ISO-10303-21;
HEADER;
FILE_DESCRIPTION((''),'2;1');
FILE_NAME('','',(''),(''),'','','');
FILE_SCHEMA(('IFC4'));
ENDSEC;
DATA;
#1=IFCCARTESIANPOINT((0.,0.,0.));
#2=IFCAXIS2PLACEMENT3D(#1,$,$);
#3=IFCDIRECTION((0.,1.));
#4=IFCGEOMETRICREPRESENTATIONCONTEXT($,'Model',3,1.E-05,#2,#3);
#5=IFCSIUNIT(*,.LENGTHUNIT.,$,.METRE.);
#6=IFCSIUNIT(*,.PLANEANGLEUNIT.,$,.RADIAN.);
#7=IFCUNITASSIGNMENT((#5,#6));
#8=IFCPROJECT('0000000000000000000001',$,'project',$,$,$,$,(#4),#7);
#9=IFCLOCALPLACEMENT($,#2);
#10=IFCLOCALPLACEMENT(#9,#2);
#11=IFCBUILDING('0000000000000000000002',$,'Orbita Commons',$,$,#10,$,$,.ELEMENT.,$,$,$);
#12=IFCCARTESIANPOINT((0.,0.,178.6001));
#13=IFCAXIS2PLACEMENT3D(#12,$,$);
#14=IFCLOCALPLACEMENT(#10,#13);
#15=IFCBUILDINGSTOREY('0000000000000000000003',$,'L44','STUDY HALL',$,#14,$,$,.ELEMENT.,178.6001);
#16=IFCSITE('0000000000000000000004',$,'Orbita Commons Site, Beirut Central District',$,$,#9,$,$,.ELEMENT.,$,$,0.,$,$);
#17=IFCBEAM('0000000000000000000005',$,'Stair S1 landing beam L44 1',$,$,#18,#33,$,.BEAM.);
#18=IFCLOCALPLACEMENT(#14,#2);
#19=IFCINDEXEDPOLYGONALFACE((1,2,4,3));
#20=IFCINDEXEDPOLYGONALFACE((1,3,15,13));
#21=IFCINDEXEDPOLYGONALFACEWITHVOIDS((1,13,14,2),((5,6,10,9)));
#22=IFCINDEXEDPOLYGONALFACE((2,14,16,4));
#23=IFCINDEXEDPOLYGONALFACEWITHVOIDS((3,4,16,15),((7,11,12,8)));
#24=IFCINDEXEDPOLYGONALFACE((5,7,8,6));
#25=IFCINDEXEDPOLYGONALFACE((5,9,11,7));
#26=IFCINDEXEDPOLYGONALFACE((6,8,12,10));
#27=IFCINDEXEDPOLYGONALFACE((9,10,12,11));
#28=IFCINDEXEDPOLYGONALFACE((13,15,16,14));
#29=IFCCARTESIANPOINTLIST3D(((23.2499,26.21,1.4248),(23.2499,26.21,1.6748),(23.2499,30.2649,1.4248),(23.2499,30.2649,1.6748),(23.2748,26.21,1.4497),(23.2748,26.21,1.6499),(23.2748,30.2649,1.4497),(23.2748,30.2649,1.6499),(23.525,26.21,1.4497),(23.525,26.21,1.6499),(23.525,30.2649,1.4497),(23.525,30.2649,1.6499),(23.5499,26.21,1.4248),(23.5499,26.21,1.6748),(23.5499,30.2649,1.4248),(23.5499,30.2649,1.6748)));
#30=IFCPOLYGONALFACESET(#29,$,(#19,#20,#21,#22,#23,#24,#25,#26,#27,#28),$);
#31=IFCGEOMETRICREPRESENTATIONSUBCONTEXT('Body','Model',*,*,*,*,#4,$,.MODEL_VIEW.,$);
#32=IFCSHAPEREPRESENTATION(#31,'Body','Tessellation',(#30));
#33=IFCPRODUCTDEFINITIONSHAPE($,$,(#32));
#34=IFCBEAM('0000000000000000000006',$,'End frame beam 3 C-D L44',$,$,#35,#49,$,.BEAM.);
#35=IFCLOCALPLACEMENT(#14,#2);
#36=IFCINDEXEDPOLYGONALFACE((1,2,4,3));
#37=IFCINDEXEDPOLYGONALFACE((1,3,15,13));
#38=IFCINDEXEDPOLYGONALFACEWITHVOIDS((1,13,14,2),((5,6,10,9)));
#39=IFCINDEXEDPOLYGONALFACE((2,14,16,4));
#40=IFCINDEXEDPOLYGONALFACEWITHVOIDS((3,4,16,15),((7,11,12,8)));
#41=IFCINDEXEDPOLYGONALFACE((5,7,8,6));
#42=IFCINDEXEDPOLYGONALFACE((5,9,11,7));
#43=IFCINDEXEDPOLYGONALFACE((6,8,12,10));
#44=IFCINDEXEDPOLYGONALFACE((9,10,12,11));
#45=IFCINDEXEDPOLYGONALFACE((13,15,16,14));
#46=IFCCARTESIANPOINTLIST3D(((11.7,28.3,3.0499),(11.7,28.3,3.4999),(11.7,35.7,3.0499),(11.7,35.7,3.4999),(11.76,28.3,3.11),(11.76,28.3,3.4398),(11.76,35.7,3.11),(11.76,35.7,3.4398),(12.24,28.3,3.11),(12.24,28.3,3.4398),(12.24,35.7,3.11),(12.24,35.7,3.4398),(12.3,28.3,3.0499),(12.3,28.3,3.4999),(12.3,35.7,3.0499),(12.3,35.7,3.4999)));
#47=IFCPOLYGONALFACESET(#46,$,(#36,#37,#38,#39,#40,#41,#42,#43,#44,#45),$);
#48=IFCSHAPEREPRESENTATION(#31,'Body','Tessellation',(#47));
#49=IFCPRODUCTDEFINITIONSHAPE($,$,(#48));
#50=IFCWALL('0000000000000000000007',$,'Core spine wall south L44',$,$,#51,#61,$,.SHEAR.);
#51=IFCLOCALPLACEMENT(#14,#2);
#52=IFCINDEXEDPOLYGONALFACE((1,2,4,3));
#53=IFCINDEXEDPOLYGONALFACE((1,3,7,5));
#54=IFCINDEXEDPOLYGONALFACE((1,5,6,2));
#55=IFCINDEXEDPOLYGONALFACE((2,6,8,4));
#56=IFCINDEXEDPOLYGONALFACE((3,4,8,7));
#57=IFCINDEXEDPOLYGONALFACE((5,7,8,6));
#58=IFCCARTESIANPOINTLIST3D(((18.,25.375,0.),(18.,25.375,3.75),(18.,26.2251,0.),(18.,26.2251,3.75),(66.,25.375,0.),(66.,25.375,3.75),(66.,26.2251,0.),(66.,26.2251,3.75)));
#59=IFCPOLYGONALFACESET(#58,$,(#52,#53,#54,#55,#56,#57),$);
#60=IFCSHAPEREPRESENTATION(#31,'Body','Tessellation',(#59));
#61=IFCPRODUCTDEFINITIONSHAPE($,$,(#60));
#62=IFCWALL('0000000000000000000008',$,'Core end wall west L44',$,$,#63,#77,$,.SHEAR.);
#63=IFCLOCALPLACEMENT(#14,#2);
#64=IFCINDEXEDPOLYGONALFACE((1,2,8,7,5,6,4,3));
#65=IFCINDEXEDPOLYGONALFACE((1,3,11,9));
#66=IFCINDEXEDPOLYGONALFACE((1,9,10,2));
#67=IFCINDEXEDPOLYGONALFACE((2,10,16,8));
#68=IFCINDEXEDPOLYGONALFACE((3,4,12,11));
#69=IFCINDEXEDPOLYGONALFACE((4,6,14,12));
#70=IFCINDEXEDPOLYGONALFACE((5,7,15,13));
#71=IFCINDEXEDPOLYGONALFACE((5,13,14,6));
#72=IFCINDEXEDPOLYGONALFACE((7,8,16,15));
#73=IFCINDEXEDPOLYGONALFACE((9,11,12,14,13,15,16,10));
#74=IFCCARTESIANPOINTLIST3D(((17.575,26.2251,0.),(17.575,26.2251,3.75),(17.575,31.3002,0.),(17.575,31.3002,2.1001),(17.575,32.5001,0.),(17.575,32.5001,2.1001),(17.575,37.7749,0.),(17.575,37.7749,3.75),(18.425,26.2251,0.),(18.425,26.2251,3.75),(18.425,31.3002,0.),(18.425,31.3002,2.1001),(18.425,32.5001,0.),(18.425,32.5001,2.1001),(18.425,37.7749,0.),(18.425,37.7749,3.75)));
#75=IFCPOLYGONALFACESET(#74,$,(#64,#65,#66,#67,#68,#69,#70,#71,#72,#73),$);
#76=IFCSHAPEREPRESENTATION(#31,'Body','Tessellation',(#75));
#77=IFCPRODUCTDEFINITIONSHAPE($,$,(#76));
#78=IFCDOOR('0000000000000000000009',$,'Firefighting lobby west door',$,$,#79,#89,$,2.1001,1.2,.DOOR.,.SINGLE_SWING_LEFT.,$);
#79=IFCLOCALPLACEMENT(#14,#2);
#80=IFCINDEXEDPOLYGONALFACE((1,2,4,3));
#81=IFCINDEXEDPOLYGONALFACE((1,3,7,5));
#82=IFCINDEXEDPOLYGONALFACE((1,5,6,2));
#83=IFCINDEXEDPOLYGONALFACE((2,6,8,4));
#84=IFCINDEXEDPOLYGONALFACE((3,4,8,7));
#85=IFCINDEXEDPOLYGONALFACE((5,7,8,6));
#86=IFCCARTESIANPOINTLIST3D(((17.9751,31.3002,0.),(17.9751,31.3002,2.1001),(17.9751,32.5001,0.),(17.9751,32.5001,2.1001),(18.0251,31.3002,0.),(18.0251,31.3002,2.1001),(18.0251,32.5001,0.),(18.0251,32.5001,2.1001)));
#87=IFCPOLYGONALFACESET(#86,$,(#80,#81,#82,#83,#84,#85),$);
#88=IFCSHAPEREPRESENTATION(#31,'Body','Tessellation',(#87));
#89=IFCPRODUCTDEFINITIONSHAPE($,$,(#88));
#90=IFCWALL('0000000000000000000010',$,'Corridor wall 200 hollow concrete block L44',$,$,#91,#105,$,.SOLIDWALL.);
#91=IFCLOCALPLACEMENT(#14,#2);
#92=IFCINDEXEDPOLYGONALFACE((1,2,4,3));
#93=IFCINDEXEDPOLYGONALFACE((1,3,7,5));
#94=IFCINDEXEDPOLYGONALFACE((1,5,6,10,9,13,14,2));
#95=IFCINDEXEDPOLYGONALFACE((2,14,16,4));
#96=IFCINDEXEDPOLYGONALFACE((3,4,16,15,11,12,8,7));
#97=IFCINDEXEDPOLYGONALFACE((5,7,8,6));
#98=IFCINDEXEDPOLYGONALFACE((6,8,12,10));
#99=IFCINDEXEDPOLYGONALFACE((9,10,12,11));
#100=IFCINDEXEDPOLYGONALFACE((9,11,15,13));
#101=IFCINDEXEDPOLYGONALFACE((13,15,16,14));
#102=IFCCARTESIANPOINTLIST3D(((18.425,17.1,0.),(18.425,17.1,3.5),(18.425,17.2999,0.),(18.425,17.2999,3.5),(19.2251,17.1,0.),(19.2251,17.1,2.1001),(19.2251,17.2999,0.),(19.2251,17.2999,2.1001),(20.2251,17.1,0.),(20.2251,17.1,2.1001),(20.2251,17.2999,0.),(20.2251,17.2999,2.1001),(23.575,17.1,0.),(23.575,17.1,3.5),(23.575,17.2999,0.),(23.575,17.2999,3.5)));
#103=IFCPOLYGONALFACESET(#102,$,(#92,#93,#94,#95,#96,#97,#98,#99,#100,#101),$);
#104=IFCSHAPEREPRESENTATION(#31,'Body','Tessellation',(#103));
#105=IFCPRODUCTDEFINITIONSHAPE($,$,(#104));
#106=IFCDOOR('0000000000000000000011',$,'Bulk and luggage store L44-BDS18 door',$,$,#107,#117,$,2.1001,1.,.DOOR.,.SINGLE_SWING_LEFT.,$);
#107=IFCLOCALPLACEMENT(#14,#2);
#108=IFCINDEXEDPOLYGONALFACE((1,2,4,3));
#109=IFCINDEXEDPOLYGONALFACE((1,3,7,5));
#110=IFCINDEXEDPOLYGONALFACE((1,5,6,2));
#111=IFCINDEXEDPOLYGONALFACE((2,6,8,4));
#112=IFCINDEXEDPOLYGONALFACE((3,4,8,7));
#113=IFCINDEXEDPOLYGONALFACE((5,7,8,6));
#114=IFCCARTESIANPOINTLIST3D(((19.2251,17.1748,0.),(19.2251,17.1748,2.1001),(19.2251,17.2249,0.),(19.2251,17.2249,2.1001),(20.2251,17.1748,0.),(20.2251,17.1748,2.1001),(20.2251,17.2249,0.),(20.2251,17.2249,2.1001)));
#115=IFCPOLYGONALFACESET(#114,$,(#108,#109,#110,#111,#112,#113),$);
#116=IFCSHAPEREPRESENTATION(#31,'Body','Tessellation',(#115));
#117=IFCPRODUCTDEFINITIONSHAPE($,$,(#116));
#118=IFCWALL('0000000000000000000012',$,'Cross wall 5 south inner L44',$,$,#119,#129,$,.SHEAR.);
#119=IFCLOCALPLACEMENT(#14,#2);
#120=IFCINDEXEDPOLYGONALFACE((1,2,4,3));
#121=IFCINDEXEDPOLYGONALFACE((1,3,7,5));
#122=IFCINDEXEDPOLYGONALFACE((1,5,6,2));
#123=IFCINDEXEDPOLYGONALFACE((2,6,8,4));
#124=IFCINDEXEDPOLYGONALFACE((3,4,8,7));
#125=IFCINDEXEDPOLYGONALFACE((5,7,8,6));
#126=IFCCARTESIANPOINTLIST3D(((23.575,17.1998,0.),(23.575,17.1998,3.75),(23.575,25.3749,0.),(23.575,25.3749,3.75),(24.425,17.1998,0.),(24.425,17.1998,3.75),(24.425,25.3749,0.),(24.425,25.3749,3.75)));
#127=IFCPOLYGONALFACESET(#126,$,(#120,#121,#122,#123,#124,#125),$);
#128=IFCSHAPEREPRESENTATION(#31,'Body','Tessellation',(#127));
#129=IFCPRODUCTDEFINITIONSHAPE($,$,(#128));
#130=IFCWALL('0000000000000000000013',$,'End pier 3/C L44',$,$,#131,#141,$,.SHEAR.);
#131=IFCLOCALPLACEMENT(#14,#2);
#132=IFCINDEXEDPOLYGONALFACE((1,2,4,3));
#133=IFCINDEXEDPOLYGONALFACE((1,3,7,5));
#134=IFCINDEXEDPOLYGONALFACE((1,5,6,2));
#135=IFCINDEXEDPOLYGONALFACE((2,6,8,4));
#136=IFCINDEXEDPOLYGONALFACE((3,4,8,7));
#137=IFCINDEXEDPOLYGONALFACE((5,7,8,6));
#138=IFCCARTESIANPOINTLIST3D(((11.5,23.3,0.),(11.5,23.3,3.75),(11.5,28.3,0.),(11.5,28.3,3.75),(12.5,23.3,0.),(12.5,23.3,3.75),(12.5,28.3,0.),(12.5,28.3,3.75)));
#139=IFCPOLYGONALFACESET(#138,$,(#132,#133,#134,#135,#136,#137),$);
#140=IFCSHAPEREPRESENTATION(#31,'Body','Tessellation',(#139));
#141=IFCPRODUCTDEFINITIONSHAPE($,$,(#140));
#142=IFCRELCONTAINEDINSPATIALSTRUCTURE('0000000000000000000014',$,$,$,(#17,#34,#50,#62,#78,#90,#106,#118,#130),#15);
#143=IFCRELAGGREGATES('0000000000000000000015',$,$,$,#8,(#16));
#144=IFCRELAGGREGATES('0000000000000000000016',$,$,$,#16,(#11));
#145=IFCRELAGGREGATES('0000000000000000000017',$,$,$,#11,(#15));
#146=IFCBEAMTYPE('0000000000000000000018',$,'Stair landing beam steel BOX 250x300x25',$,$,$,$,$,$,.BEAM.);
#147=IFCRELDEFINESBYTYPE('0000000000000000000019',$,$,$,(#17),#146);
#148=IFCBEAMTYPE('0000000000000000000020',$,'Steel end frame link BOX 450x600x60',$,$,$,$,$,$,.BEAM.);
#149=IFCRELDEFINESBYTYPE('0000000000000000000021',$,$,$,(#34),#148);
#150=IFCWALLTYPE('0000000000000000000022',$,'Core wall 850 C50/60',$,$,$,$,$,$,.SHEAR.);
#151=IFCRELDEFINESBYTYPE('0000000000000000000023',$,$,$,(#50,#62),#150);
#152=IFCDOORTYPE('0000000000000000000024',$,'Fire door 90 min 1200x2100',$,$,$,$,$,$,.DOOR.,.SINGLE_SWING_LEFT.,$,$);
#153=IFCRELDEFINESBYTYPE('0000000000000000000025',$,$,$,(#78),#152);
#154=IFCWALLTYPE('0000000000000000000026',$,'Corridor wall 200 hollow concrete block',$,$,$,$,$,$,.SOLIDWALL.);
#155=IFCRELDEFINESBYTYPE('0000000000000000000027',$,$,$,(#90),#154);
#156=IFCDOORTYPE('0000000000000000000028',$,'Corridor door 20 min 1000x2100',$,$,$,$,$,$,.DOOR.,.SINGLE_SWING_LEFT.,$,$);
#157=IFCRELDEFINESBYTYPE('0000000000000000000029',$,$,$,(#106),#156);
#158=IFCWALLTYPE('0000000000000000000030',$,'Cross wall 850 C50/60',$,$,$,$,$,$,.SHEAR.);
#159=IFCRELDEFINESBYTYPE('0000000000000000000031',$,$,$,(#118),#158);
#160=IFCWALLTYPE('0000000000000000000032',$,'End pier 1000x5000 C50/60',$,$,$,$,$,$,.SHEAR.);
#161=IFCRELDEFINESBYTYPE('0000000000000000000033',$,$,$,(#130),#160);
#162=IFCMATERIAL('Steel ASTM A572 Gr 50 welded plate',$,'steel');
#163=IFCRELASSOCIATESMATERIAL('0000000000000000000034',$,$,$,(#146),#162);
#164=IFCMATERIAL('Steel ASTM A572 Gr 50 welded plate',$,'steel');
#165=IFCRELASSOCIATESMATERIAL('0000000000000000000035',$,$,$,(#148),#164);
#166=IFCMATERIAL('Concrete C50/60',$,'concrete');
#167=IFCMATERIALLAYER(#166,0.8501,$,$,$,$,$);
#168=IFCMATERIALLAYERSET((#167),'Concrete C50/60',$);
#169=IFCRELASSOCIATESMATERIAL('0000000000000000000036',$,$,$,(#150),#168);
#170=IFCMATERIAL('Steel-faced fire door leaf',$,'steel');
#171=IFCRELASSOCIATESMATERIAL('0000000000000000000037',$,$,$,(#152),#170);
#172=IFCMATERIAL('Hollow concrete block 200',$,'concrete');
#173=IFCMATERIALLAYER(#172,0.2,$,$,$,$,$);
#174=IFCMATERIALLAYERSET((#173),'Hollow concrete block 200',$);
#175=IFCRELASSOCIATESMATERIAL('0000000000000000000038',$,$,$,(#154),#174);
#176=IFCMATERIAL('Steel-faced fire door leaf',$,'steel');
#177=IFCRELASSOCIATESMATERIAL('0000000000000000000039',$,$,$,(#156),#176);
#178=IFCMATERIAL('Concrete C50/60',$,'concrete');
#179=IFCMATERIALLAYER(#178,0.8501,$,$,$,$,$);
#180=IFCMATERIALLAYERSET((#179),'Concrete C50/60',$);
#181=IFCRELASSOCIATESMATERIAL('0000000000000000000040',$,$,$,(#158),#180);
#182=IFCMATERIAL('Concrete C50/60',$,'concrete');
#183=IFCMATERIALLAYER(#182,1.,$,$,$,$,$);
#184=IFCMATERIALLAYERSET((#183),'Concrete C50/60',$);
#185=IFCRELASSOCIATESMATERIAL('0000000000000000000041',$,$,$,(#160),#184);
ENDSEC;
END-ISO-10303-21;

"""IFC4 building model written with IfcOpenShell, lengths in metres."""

from ifc_helpers import new_model, si_unit, direction, frame, frame_2d, origin, origin_2d, place, context, subcontext, project, spatial, rectangle, hollow_rectangle, extrude, material, layer, layer_set, material_profile, profile_set, type_object, element, fill, save


model = new_model("IFC4")

# Units and contexts
model_context = context("Model", 3, precision=1e-05, world=origin(), true_north=direction((0.0, 1.0)))
body_context = subcontext(model_context, "Body", "Model", "MODEL_VIEW")
ifc_project = project(units=[si_unit("LENGTHUNIT", "METRE"), si_unit("PLANEANGLEUNIT", "RADIAN")], contexts=[model_context])

# Site, building, storey
site_placement = place(None, origin())
site = spatial("IfcSite", under=ifc_project, at=site_placement, Name="Orbita Commons Site, Beirut Central District", CompositionType="ELEMENT", RefElevation=0.0)
building_placement = place(site_placement, origin())
building = spatial("IfcBuilding", under=site, at=building_placement, Name="Orbita Commons", CompositionType="ELEMENT")
storey_placement = place(building_placement, frame((0.0, 0.0, 178.6001)))
storey = spatial("IfcBuildingStorey", under=building, at=storey_placement, Name="L44", Description="STUDY HALL", CompositionType="ELEMENT", Elevation=178.6001)

# Beams
ifc_material_1 = material(Name="Steel ASTM A572 Gr 50 welded plate", Category="steel")
ifc_material_profile_1 = material_profile(ifc_material_1, hollow_rectangle(XDim=0.3, YDim=0.25, WallThickness=0.0249, at=origin_2d()), Name="BOX 250x300x25")
ifc_profile_set_1 = profile_set([ifc_material_profile_1], Name="Steel ASTM A572 Gr 50 welded plate")
beam_type_1 = type_object("IfcBeamType", Name="Stair landing beam steel BOX 250x300x25", PredefinedType="BEAM", material=ifc_profile_set_1)
beam_1_placement = place(storey_placement, frame((23.3999, 26.21, 1.5498), z_axis=(0.0, 1.0, 0.0), x_axis=(-1.0, 0.0, 0.0)))
element("IfcBeam", 1, at=beam_1_placement, inside=storey, type_object=beam_type_1, Name="Stair S1 landing beam L44 1", PredefinedType="BEAM", context=body_context, shape_type="SweptSolid", body=[
    extrude(hollow_rectangle(XDim=0.3, YDim=0.25, WallThickness=0.0249, at=origin_2d()), origin(), (0.0, 0.0, 1.0), 4.0549),
])
ifc_material_2 = material(Name="Steel ASTM A572 Gr 50 welded plate", Category="steel")
ifc_material_profile_2 = material_profile(ifc_material_2, hollow_rectangle(XDim=0.6001, YDim=0.45, WallThickness=0.0601, at=origin_2d()), Name="BOX 450x600x60")
ifc_profile_set_2 = profile_set([ifc_material_profile_2], Name="Steel ASTM A572 Gr 50 welded plate")
beam_type_2 = type_object("IfcBeamType", Name="Steel end frame link BOX 450x600x60", PredefinedType="BEAM", material=ifc_profile_set_2)
beam_2_placement = place(storey_placement, frame((12.0, 28.3, 3.2749), z_axis=(0.0, 1.0, 0.0), x_axis=(-1.0, 0.0, 0.0)))
element("IfcBeam", 2, at=beam_2_placement, inside=storey, type_object=beam_type_2, Name="End frame beam 3 C-D L44", PredefinedType="BEAM", context=body_context, shape_type="SweptSolid", body=[
    extrude(hollow_rectangle(XDim=0.6001, YDim=0.45, WallThickness=0.0601, at=origin_2d()), origin(), (0.0, 0.0, 1.0), 7.3999),
])

# Wall
ifc_material_3 = material(Name="Concrete C50/60", Category="concrete")
ifc_layer_1 = layer(ifc_material_3, 0.8501)
ifc_layer_set_1 = layer_set([ifc_layer_1], Name="Concrete C50/60")
wall_type_1 = type_object("IfcWallType", Name="Core wall 850 C50/60", PredefinedType="SHEAR", material=ifc_layer_set_1)
wall_1_placement = place(storey_placement, frame((18.0, 25.8, 0.0), z_axis=(0.0, 0.0, 1.0), x_axis=(1.0, 0.0, 0.0)))
element("IfcWall", 3, at=wall_1_placement, inside=storey, type_object=wall_type_1, Name="Core spine wall south L44", PredefinedType="SHEAR", context=body_context, shape_type="SweptSolid", body=[
    extrude(rectangle(XDim=48.0, YDim=0.8501, at=frame_2d((24.0, 0.0))), origin(), (0.0, 0.0, 1.0), 3.75),
])

# Walls, openings, doors
wall_2_placement = place(storey_placement, frame((18.0, 26.2251, 0.0), z_axis=(0.0, 0.0, 1.0), x_axis=(0.0, 1.0, 0.0)))
wall_2 = element("IfcWall", 4, at=wall_2_placement, inside=storey, type_object=wall_type_1, Name="Core end wall west L44", PredefinedType="SHEAR", context=body_context, shape_type="SweptSolid", body=[
    extrude(rectangle(XDim=11.5498, YDim=0.8501, at=frame_2d((5.7749, 0.0))), origin(), (0.0, 0.0, 1.0), 3.75),
])
opening_1_placement = place(wall_2_placement, frame((5.075, 0.0, 0.0)))
opening_1 = element("IfcOpeningElement", 5, at=opening_1_placement, cuts=wall_2, PredefinedType="OPENING", context=body_context, shape_type="SweptSolid", body=[
    extrude(rectangle(XDim=1.2, YDim=2.1001, at=frame_2d((0.6001, 1.05))), frame((0.0, 0.4351, 0.0), z_axis=(0.0, -1.0, 0.0), x_axis=(1.0, 0.0, 0.0)), (0.0, 0.0, 1.0), 0.8701),
])
ifc_material_4 = material(Name="Steel-faced fire door leaf", Category="steel")
door_type_1 = type_object("IfcDoorType", Name="Fire door 90 min 1200x2100", OperationType="SINGLE_SWING_LEFT", PredefinedType="DOOR", material=ifc_material_4)
door_1_placement = place(opening_1_placement, origin())
door_1 = element("IfcDoor", 6, at=door_1_placement, inside=storey, type_object=door_type_1, Name="Firefighting lobby west door", OperationType="SINGLE_SWING_LEFT", OverallHeight=2.1001, OverallWidth=1.2, PredefinedType="DOOR", context=body_context, shape_type="SweptSolid", body=[
    extrude(rectangle(XDim=1.2, YDim=2.1001, at=frame_2d((0.6001, 1.05))), frame((0.0, 0.0249, 0.0), z_axis=(0.0, -1.0, 0.0), x_axis=(1.0, 0.0, 0.0)), (0.0, 0.0, 1.0), 0.05),
])
fill(opening_1, door_1)
ifc_material_5 = material(Name="Hollow concrete block 200", Category="concrete")
ifc_layer_2 = layer(ifc_material_5, 0.2)
ifc_layer_set_2 = layer_set([ifc_layer_2], Name="Hollow concrete block 200")
wall_type_2 = type_object("IfcWallType", Name="Corridor wall 200 hollow concrete block", PredefinedType="SOLIDWALL", material=ifc_layer_set_2)
wall_3_placement = place(storey_placement, frame((18.425, 17.2, 0.0), z_axis=(0.0, 0.0, 1.0), x_axis=(1.0, 0.0, 0.0)))
wall_3 = element("IfcWall", 7, at=wall_3_placement, inside=storey, type_object=wall_type_2, Name="Corridor wall 200 hollow concrete block L44", PredefinedType="SOLIDWALL", context=body_context, shape_type="SweptSolid", body=[
    extrude(rectangle(XDim=5.1499, YDim=0.2, at=frame_2d((2.575, 0.0))), origin(), (0.0, 0.0, 1.0), 3.5),
])
opening_2_placement = place(wall_3_placement, frame((0.8, 0.0, 0.0)))
opening_2 = element("IfcOpeningElement", 8, at=opening_2_placement, cuts=wall_3, PredefinedType="OPENING", context=body_context, shape_type="SweptSolid", body=[
    extrude(rectangle(XDim=1.0, YDim=2.1001, at=frame_2d((0.5, 1.05))), frame((0.0, 0.1099, 0.0), z_axis=(0.0, -1.0, 0.0), x_axis=(1.0, 0.0, 0.0)), (0.0, 0.0, 1.0), 0.22),
])
ifc_material_6 = material(Name="Steel-faced fire door leaf", Category="steel")
door_type_2 = type_object("IfcDoorType", Name="Corridor door 20 min 1000x2100", OperationType="SINGLE_SWING_LEFT", PredefinedType="DOOR", material=ifc_material_6)
door_2_placement = place(opening_2_placement, origin())
door_2 = element("IfcDoor", 9, at=door_2_placement, inside=storey, type_object=door_type_2, Name="Bulk and luggage store L44-BDS18 door", OperationType="SINGLE_SWING_LEFT", OverallHeight=2.1001, OverallWidth=1.0, PredefinedType="DOOR", context=body_context, shape_type="SweptSolid", body=[
    extrude(rectangle(XDim=1.0, YDim=2.1001, at=frame_2d((0.5, 1.05))), frame((0.0, 0.0249, 0.0), z_axis=(0.0, -1.0, 0.0), x_axis=(1.0, 0.0, 0.0)), (0.0, 0.0, 1.0), 0.05),
])
fill(opening_2, door_2)

# Walls
ifc_material_7 = material(Name="Concrete C50/60", Category="concrete")
ifc_layer_3 = layer(ifc_material_7, 0.8501)
ifc_layer_set_3 = layer_set([ifc_layer_3], Name="Concrete C50/60")
wall_type_3 = type_object("IfcWallType", Name="Cross wall 850 C50/60", PredefinedType="SHEAR", material=ifc_layer_set_3)
wall_4_placement = place(storey_placement, frame((24.0, 17.2, 0.0), z_axis=(0.0, 0.0, 1.0), x_axis=(0.0, 1.0, 0.0)))
element("IfcWall", 10, at=wall_4_placement, inside=storey, type_object=wall_type_3, Name="Cross wall 5 south inner L44", PredefinedType="SHEAR", context=body_context, shape_type="SweptSolid", body=[
    extrude(rectangle(XDim=8.175, YDim=0.8501, at=frame_2d((4.0874, 0.0))), origin(), (0.0, 0.0, 1.0), 3.75),
])
ifc_material_8 = material(Name="Concrete C50/60", Category="concrete")
ifc_layer_4 = layer(ifc_material_8, 1.0)
ifc_layer_set_4 = layer_set([ifc_layer_4], Name="Concrete C50/60")
wall_type_4 = type_object("IfcWallType", Name="End pier 1000x5000 C50/60", PredefinedType="SHEAR", material=ifc_layer_set_4)
wall_5_placement = place(storey_placement, frame((12.0, 23.3, 0.0), z_axis=(0.0, 0.0, 1.0), x_axis=(0.0, 1.0, 0.0)))
element("IfcWall", 11, at=wall_5_placement, inside=storey, type_object=wall_type_4, Name="End pier 3/C L44", PredefinedType="SHEAR", context=body_context, shape_type="SweptSolid", body=[
    extrude(rectangle(XDim=5.0, YDim=1.0, at=frame_2d((2.5, 0.0))), origin(), (0.0, 0.0, 1.0), 3.75),
])

save(model, "model.ifc")
